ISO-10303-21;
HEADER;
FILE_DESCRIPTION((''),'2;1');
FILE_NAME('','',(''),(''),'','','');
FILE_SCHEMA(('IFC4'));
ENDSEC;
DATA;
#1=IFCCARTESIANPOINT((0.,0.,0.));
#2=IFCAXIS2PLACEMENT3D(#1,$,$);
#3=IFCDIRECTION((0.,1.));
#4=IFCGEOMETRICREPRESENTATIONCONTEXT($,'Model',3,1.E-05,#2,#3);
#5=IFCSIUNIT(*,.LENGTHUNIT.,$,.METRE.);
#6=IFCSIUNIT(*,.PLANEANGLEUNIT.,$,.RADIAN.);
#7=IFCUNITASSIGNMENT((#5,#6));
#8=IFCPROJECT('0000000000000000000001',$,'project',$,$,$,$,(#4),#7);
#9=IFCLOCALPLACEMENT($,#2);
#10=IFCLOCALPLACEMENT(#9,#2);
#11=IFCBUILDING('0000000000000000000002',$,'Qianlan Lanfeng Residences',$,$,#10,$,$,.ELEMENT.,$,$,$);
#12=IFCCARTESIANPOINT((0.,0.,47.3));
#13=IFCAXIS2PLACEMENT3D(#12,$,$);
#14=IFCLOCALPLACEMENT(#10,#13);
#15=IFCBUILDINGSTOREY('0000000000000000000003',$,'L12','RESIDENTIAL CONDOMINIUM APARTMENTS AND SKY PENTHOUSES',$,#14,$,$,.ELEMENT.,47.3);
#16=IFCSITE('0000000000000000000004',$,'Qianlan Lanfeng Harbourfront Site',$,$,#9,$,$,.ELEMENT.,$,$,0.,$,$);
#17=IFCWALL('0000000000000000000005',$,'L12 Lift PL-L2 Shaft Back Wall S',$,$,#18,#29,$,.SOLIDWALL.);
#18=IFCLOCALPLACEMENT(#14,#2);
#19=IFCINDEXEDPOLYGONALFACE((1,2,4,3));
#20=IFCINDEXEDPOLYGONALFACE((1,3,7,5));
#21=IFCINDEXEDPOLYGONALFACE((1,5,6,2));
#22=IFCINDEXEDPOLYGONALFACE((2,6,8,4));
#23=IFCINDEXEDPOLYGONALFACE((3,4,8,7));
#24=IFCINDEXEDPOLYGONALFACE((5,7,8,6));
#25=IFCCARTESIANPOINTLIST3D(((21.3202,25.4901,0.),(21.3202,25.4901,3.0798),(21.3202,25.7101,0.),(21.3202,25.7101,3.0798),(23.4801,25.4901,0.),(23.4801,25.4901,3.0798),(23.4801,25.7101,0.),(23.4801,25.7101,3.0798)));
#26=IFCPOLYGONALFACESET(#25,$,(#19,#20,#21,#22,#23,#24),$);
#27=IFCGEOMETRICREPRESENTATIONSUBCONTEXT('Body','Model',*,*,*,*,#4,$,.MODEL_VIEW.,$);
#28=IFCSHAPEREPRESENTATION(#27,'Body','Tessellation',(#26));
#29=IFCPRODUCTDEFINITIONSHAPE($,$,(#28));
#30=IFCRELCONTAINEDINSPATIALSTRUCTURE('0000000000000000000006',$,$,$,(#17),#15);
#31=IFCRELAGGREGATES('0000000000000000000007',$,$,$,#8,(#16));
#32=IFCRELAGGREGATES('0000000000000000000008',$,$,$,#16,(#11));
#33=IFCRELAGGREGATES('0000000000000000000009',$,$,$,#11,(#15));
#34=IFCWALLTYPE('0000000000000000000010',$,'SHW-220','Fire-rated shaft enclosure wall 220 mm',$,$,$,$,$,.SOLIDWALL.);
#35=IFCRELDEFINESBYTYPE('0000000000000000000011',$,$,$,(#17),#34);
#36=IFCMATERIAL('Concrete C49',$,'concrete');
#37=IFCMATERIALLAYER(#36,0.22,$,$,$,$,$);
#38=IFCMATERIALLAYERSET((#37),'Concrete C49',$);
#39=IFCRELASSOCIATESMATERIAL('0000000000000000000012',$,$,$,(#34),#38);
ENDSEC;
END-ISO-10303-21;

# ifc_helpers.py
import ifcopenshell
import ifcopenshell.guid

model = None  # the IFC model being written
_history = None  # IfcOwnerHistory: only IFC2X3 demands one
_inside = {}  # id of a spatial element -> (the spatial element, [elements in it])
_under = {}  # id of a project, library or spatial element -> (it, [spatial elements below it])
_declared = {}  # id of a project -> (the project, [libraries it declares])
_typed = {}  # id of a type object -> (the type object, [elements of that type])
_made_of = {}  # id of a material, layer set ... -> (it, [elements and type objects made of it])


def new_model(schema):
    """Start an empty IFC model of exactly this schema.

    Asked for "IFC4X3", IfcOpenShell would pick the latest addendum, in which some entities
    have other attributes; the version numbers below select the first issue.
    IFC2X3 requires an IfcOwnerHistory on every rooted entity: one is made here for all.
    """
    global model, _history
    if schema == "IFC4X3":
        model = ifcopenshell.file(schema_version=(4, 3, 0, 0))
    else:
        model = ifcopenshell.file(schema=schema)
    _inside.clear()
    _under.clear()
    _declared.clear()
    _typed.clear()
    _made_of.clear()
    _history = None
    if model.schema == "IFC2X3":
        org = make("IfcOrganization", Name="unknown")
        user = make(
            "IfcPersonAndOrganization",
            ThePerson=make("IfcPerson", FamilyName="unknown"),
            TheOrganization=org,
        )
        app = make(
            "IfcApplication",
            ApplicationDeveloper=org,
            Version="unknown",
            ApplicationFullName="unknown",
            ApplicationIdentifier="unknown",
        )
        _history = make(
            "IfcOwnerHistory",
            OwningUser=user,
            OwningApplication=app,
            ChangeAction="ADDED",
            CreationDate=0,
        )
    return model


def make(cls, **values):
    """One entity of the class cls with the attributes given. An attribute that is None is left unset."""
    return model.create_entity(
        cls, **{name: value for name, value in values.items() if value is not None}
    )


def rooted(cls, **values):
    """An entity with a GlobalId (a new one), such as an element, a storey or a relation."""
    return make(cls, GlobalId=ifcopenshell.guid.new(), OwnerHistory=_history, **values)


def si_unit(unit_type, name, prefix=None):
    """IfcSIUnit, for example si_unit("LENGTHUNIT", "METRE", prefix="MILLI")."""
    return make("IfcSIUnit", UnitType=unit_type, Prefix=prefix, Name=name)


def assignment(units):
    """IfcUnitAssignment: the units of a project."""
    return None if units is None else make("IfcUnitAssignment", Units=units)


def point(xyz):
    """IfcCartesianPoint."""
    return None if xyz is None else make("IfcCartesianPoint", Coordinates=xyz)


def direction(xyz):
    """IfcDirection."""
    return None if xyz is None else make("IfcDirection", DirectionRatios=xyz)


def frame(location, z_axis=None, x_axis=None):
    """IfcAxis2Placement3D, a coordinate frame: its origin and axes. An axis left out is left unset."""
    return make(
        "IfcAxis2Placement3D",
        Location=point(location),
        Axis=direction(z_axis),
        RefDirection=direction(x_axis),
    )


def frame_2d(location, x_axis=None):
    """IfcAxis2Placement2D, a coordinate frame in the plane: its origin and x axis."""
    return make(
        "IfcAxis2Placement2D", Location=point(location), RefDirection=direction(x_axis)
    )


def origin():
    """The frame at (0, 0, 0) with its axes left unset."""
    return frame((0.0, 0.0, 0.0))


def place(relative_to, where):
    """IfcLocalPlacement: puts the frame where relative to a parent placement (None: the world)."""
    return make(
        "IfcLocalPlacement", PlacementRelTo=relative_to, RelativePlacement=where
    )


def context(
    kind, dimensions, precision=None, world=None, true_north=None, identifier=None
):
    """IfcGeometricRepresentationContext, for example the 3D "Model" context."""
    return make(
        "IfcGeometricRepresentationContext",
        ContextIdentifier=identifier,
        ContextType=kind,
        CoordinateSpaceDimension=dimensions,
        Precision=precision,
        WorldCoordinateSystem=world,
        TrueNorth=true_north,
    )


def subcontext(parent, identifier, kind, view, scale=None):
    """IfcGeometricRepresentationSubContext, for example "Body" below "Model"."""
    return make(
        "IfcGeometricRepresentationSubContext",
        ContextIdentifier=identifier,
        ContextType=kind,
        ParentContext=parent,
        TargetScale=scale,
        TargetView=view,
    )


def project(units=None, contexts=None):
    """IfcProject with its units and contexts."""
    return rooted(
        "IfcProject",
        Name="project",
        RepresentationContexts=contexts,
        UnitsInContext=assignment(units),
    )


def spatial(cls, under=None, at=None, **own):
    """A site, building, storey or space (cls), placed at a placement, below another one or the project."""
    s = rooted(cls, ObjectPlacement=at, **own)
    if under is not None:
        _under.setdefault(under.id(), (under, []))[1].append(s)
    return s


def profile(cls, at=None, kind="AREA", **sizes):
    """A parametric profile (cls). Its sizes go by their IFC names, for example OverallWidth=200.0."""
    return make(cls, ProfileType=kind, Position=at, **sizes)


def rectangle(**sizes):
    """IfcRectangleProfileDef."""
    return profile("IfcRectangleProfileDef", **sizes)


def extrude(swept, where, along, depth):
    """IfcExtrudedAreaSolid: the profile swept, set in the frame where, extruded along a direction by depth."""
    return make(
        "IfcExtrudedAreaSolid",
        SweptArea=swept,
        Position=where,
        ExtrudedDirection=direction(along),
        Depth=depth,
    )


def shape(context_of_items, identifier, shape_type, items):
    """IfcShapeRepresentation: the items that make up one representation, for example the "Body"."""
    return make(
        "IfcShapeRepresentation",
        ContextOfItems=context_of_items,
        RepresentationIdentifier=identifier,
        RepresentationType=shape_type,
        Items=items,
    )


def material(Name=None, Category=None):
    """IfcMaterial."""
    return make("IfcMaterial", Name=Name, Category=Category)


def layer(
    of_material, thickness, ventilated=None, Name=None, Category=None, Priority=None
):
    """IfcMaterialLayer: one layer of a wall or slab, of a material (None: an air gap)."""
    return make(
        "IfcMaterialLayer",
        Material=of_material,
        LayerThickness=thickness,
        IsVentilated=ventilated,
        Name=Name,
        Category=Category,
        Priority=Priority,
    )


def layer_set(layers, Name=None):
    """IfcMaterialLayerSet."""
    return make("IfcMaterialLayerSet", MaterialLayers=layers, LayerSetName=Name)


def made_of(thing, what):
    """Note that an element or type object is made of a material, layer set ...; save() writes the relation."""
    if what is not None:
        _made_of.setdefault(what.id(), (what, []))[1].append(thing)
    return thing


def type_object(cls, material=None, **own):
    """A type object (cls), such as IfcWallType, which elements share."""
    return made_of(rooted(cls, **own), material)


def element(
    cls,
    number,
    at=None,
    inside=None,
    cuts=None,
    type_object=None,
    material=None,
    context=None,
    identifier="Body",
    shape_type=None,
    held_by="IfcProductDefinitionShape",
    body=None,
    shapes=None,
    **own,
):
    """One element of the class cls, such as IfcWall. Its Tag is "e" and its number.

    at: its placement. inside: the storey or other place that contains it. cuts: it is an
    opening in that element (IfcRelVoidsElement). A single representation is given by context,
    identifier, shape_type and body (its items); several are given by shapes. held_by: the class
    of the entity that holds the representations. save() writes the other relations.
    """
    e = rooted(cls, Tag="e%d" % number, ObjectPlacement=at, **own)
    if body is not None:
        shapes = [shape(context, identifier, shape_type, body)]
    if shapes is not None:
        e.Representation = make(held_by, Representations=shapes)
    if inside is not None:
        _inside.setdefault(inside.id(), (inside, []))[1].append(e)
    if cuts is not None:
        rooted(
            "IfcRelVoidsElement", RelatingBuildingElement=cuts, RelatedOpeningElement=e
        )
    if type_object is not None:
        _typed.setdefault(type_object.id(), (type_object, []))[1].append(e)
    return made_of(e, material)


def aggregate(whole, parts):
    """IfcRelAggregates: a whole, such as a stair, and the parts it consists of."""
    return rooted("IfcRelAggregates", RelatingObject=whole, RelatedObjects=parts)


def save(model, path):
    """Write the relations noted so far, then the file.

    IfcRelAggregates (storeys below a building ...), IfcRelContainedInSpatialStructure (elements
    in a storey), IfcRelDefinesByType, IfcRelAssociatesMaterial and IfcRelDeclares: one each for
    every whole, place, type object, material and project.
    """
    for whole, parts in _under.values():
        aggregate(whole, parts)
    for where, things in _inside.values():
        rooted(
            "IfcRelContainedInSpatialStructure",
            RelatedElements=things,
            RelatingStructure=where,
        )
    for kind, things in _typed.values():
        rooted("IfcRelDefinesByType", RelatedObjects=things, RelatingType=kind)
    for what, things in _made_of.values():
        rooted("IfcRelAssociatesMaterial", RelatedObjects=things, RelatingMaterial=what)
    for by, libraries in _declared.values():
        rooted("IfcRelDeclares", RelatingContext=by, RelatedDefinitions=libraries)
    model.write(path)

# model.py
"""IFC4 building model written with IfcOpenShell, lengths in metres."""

from ifc_helpers import new_model, si_unit, direction, frame, frame_2d, origin, place, context, subcontext, project, spatial, rectangle, extrude, material, layer, layer_set, type_object, element, save


model = new_model("IFC4")

# Units and contexts
model_context = context("Model", 3, precision=1e-05, world=origin(), true_north=direction((0.0, 1.0)))
body_context = subcontext(model_context, "Body", "Model", "MODEL_VIEW")
ifc_project = project(units=[si_unit("LENGTHUNIT", "METRE"), si_unit("PLANEANGLEUNIT", "RADIAN")], contexts=[model_context])

# Site, building, storey
site_placement = place(None, origin())
site = spatial("IfcSite", under=ifc_project, at=site_placement, Name="Qianlan Lanfeng Harbourfront Site", CompositionType="ELEMENT", RefElevation=0.0)
building_placement = place(site_placement, origin())
building = spatial("IfcBuilding", under=site, at=building_placement, Name="Qianlan Lanfeng Residences", CompositionType="ELEMENT")
storey_placement = place(building_placement, frame((0.0, 0.0, 47.3)))
storey = spatial("IfcBuildingStorey", under=building, at=storey_placement, Name="L12", Description="RESIDENTIAL CONDOMINIUM APARTMENTS AND SKY PENTHOUSES", CompositionType="ELEMENT", Elevation=47.3)

# Wall
ifc_material_1 = material(Name="Concrete C49", Category="concrete")
ifc_layer_1 = layer(ifc_material_1, 0.22)
ifc_layer_set_1 = layer_set([ifc_layer_1], Name="Concrete C49")
wall_type_1 = type_object("IfcWallType", Name="SHW-220", Description="Fire-rated shaft enclosure wall 220 mm", PredefinedType="SOLIDWALL", material=ifc_layer_set_1)
wall_1_placement = place(storey_placement, frame((21.3201, 25.6001, 0.0), z_axis=(0.0, 0.0, 1.0), x_axis=(1.0, 0.0, 0.0)))
element("IfcWall", 1, at=wall_1_placement, inside=storey, type_object=wall_type_1, Name="L12 Lift PL-L2 Shaft Back Wall S", PredefinedType="SOLIDWALL", context=body_context, shape_type="SweptSolid", body=[
    extrude(rectangle(XDim=2.1599, YDim=0.22, at=frame_2d((1.0801, 0.0))), origin(), (0.0, 0.0, 1.0), 3.0798),
])

save(model, "model.ifc")
